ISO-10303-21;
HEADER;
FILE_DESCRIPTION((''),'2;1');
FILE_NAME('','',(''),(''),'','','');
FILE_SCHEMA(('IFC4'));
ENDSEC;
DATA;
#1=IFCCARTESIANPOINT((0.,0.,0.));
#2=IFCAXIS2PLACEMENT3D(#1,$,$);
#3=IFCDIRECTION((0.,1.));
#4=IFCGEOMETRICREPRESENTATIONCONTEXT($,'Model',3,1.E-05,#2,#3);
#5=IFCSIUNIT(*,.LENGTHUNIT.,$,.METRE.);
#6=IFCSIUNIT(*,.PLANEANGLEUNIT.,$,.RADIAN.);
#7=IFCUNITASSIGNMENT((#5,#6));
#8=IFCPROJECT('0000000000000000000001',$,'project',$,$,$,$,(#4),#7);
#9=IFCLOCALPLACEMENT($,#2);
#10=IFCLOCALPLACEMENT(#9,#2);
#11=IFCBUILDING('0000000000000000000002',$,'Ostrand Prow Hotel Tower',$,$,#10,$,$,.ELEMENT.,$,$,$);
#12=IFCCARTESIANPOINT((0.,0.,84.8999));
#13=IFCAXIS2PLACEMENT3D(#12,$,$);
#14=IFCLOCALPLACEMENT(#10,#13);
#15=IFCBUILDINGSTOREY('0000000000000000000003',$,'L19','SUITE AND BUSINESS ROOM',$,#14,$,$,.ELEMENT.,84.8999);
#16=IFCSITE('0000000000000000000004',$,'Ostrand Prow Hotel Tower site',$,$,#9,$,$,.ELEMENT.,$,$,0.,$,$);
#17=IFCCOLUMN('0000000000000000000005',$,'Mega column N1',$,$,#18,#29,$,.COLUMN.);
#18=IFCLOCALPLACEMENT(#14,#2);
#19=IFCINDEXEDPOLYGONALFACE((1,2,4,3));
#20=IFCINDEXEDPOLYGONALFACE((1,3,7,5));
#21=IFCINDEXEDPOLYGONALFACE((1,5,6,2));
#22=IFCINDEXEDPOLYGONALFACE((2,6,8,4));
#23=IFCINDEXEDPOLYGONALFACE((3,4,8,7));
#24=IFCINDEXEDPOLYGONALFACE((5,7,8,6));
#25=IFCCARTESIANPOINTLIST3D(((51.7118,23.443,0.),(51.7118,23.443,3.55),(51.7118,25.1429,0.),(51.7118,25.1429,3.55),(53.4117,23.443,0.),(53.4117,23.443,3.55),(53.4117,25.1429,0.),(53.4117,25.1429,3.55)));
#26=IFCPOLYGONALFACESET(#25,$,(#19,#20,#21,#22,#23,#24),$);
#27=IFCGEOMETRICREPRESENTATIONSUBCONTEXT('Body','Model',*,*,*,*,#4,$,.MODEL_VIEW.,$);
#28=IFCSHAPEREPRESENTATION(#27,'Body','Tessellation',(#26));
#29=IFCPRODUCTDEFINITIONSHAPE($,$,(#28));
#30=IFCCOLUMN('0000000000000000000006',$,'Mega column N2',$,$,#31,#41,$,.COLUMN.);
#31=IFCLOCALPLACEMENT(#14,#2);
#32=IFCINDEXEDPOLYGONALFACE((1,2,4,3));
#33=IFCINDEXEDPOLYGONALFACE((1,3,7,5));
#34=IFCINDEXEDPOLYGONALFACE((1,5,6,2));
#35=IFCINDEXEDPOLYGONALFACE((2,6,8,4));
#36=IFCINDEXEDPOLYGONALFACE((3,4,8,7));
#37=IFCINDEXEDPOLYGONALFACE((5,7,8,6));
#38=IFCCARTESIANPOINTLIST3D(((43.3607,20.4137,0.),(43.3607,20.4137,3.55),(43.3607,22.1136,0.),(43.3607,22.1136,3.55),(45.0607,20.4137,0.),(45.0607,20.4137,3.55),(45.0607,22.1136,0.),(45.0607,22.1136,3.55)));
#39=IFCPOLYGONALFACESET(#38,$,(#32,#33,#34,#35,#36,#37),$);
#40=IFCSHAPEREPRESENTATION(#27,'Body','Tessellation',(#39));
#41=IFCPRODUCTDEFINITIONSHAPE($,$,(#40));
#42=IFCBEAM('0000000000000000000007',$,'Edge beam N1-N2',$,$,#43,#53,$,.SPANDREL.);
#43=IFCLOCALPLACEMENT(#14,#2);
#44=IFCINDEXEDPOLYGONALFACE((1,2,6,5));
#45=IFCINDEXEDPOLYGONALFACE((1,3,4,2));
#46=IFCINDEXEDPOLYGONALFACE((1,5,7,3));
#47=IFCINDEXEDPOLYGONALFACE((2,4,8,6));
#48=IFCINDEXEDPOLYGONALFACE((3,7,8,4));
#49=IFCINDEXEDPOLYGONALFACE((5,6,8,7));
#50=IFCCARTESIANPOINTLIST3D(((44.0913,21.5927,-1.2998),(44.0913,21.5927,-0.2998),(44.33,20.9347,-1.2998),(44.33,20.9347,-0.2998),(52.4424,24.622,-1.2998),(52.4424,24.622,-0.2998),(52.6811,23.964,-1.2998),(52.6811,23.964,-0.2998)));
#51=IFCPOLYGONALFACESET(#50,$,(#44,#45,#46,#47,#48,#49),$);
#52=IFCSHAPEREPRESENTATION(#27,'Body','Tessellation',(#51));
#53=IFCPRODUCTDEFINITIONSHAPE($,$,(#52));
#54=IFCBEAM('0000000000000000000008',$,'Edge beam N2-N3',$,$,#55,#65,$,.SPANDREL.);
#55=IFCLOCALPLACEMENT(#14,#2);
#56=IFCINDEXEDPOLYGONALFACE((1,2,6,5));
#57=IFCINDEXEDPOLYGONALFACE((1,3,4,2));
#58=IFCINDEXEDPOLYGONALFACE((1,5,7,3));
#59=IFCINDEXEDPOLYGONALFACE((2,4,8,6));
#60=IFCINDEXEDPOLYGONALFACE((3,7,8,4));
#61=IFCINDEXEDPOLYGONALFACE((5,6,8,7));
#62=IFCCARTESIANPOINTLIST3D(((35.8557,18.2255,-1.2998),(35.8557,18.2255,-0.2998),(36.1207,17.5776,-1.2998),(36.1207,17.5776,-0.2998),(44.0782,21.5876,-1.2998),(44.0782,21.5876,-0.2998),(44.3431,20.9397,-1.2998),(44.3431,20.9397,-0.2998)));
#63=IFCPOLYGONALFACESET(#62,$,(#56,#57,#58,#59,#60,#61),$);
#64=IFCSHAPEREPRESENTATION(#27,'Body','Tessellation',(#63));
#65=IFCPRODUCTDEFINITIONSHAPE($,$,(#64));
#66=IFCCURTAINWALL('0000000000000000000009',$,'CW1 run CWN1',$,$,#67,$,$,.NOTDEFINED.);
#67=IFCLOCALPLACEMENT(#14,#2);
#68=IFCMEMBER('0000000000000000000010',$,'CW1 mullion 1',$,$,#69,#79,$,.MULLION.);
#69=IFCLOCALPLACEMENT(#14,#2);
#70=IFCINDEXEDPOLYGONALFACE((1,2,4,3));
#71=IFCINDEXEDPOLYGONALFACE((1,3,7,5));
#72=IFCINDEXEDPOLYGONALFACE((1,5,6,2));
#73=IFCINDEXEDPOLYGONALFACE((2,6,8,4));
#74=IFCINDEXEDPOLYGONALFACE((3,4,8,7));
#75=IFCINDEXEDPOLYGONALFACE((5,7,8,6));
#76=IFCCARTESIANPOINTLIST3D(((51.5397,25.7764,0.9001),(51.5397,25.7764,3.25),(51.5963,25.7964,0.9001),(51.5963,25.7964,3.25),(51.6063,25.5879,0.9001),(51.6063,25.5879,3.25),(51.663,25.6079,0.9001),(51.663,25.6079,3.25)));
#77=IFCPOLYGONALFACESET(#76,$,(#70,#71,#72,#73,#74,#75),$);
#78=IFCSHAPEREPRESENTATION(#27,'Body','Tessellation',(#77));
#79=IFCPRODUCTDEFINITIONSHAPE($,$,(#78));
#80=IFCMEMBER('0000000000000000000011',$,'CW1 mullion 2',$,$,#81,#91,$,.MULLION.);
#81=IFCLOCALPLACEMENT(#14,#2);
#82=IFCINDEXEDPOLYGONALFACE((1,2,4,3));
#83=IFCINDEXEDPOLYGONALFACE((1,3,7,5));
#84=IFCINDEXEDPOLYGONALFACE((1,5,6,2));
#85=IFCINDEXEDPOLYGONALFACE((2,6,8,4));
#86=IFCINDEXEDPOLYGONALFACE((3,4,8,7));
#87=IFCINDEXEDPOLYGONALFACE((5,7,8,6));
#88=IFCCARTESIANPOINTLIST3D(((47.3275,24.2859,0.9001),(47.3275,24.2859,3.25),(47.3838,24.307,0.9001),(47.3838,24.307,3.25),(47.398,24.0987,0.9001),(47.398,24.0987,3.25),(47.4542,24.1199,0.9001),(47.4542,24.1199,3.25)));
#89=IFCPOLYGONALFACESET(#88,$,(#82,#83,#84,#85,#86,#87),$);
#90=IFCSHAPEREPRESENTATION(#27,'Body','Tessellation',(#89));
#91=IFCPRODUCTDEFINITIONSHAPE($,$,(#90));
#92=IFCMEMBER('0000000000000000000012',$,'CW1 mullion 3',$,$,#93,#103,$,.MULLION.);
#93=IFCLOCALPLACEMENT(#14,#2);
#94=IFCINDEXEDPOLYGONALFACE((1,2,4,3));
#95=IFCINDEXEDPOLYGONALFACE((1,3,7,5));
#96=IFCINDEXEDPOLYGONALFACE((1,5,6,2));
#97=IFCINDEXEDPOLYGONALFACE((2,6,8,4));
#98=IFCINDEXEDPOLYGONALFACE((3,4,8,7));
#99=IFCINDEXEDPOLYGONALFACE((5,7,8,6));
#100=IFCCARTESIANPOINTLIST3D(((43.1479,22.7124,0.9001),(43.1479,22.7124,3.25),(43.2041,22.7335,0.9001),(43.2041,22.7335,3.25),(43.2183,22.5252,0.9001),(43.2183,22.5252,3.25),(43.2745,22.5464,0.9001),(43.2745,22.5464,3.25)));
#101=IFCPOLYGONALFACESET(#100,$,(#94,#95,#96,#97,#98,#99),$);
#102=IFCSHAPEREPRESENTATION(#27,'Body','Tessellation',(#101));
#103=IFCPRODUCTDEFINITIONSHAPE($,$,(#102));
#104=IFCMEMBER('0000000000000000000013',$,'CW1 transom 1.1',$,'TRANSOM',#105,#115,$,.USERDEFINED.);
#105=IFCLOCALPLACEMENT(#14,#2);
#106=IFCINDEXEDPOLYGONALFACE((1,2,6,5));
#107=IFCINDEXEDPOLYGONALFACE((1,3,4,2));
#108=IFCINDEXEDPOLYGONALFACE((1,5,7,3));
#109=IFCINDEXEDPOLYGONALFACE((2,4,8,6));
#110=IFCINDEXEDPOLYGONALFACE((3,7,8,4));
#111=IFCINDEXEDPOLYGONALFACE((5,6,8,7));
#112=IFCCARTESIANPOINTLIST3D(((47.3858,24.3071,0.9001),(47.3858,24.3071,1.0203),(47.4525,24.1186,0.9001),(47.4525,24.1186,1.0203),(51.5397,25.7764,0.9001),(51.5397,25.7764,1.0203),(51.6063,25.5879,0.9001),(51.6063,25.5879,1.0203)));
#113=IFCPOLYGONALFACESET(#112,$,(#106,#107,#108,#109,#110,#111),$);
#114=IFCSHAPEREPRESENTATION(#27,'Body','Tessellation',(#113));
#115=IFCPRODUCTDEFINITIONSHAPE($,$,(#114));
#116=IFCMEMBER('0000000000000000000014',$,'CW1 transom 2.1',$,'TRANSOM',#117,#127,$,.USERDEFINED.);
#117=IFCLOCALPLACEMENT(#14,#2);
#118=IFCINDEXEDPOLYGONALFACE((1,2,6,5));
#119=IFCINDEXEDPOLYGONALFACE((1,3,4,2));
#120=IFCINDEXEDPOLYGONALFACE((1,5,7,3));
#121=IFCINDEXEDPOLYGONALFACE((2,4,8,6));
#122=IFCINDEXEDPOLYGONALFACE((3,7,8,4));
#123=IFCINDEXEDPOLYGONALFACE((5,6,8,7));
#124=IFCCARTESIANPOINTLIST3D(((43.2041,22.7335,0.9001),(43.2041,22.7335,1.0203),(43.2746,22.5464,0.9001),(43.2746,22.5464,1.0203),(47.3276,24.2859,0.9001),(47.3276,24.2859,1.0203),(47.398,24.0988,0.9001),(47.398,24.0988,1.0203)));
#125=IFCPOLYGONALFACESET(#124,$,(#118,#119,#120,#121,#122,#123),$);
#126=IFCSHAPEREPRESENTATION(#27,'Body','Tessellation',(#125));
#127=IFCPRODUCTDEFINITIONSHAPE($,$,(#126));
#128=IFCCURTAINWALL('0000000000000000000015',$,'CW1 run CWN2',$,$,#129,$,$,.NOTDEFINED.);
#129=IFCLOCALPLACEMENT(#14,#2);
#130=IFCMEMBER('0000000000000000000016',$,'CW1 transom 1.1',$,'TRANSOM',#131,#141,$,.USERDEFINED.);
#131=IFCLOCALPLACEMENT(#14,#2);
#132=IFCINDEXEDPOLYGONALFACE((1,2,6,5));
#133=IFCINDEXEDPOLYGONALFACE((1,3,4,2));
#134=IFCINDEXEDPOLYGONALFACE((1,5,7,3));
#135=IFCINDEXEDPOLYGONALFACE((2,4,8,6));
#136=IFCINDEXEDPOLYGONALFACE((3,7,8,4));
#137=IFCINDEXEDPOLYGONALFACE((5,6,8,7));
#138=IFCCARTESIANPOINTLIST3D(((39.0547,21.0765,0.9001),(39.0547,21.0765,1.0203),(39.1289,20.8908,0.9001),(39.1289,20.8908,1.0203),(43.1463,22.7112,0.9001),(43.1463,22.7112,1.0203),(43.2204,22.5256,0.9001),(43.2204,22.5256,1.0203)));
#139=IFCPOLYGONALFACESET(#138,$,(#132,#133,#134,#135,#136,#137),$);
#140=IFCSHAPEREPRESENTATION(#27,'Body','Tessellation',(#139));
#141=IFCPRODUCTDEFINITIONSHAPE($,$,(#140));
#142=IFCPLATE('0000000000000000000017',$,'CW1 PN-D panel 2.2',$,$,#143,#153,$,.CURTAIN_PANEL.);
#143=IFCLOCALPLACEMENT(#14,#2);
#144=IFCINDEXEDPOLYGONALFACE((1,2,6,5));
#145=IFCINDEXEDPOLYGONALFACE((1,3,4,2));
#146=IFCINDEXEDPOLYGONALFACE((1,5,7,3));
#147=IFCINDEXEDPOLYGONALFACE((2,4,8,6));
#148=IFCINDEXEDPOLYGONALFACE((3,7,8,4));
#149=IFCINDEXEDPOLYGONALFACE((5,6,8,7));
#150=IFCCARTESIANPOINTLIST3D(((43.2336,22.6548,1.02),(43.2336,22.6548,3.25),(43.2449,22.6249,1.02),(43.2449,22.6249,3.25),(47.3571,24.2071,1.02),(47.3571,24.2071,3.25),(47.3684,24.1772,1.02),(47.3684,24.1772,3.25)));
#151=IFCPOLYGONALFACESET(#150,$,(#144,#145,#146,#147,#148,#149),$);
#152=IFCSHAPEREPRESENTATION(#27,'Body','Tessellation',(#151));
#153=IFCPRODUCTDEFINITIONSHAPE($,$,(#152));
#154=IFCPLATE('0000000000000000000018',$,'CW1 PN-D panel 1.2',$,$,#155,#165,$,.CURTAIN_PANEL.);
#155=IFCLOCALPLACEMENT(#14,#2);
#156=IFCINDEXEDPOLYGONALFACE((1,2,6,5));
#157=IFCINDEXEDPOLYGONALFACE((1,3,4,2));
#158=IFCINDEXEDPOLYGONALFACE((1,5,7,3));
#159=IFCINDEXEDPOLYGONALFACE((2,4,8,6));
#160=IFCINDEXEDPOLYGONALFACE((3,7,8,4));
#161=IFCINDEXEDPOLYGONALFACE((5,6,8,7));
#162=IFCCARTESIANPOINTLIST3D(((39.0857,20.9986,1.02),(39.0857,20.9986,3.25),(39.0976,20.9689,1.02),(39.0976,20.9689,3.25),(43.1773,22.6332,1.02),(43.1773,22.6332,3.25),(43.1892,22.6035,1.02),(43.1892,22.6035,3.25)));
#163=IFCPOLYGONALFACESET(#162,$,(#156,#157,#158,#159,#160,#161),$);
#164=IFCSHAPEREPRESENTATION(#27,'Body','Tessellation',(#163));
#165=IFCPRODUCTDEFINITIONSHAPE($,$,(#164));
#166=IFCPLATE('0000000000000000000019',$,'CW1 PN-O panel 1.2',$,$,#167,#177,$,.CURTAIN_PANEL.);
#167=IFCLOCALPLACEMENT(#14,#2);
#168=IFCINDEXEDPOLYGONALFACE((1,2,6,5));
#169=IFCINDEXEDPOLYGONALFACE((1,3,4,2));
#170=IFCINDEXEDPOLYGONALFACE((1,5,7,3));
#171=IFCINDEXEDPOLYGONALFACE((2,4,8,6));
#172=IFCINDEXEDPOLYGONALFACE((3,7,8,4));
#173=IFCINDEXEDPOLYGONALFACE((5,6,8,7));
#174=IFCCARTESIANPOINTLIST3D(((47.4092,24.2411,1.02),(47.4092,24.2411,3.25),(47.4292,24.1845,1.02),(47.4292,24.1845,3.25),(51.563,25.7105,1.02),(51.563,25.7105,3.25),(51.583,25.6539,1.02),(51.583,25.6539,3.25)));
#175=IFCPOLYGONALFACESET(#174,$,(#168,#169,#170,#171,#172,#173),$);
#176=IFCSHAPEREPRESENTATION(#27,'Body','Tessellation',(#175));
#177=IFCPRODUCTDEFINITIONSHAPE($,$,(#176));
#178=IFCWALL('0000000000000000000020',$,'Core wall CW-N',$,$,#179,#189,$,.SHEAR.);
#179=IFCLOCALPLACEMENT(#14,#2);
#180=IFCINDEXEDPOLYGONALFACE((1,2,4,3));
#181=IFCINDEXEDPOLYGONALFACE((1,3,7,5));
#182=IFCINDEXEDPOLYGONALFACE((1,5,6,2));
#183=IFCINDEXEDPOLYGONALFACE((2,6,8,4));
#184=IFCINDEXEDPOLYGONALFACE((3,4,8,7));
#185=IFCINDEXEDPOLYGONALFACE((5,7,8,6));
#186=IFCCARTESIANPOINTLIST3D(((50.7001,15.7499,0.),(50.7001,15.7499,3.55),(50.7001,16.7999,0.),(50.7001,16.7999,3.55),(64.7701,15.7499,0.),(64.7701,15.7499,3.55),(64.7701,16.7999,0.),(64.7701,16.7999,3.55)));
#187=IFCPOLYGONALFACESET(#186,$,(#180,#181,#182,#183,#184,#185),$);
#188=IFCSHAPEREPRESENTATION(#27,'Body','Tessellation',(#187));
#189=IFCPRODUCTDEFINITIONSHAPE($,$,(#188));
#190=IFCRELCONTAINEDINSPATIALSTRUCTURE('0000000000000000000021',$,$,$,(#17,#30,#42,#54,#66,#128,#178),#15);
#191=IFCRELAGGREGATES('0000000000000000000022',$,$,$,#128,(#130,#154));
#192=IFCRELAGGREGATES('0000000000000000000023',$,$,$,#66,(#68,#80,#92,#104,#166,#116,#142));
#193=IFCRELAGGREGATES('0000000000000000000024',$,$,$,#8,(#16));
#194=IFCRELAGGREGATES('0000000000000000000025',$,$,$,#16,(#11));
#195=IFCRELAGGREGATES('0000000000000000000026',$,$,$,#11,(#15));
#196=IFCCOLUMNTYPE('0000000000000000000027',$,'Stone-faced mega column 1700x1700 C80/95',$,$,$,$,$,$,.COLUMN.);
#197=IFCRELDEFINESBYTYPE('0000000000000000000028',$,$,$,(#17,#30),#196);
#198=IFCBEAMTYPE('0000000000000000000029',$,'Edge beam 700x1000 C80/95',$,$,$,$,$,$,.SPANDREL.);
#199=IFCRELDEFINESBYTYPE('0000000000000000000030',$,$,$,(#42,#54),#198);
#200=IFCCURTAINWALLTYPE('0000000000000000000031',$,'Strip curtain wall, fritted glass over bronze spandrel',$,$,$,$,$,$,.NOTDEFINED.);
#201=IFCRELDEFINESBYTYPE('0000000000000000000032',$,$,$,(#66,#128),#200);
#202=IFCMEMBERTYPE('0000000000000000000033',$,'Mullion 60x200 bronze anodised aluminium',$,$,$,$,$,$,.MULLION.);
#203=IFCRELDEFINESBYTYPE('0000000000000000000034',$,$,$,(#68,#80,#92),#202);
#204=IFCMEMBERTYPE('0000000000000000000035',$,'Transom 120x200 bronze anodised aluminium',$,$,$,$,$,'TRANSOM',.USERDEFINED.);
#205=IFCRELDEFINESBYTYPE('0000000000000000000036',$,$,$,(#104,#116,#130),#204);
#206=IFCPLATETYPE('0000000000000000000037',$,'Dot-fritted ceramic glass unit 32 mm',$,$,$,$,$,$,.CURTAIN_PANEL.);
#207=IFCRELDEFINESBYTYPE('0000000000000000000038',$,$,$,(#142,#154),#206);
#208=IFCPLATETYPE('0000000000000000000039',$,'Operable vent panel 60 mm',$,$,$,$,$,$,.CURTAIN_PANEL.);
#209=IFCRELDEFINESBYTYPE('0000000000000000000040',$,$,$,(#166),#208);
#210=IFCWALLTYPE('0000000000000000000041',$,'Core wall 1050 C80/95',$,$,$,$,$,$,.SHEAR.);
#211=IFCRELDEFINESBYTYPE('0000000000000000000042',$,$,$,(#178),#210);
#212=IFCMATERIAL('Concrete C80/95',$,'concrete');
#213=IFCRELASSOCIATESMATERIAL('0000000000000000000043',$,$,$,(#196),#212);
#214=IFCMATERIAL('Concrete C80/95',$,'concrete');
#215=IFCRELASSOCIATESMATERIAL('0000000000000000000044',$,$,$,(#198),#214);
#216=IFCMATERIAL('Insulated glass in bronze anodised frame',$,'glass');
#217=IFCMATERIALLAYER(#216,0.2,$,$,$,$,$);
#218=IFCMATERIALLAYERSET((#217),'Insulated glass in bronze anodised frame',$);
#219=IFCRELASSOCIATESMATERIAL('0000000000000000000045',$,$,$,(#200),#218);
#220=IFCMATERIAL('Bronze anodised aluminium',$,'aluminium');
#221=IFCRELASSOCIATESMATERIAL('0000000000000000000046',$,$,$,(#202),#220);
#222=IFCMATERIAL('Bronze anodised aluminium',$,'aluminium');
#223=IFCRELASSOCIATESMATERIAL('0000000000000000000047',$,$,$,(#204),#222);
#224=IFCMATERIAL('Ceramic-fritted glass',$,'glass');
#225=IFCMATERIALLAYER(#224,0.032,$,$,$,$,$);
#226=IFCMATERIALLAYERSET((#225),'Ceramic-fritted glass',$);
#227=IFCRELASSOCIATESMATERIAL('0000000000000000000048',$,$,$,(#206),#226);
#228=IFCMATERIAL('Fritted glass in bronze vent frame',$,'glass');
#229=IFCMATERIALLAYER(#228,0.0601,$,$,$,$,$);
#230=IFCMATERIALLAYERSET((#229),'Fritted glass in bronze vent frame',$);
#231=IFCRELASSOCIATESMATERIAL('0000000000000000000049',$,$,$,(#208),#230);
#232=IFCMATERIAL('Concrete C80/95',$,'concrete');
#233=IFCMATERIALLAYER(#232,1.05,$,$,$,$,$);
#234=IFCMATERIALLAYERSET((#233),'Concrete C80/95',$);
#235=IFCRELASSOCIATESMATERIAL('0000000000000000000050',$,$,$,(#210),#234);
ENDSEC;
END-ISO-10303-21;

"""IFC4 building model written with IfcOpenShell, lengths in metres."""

from ifc_helpers import new_model, si_unit, direction, frame, frame_2d, origin, origin_2d, place, context, subcontext, project, spatial, rectangle, extrude, material, layer, layer_set, material_profile, profile_set, type_object, element, aggregate, save


model = new_model("IFC4")

# Units and contexts
model_context = context("Model", 3, precision=1e-05, world=origin(), true_north=direction((0.0, 1.0)))
body_context = subcontext(model_context, "Body", "Model", "MODEL_VIEW")
ifc_project = project(units=[si_unit("LENGTHUNIT", "METRE"), si_unit("PLANEANGLEUNIT", "RADIAN")], contexts=[model_context])

# Site, building, storey
site_placement = place(None, origin())
site = spatial("IfcSite", under=ifc_project, at=site_placement, Name="Ostrand Prow Hotel Tower site", CompositionType="ELEMENT", RefElevation=0.0)
building_placement = place(site_placement, origin())
building = spatial("IfcBuilding", under=site, at=building_placement, Name="Ostrand Prow Hotel Tower", CompositionType="ELEMENT")
storey_placement = place(building_placement, frame((0.0, 0.0, 84.8999)))
storey = spatial("IfcBuildingStorey", under=building, at=storey_placement, Name="L19", Description="SUITE AND BUSINESS ROOM", CompositionType="ELEMENT", Elevation=84.8999)

# Columns
ifc_material_1 = material(Name="Concrete C80/95", Category="concrete")
ifc_material_profile_1 = material_profile(ifc_material_1, rectangle(XDim=1.7, YDim=1.7, at=origin_2d()), Name="RC 1700x1700")
ifc_profile_set_1 = profile_set([ifc_material_profile_1], Name="Concrete C80/95")
column_type = type_object("IfcColumnType", Name="Stone-faced mega column 1700x1700 C80/95", PredefinedType="COLUMN", material=ifc_profile_set_1)
for number, where, z_axis, x_axis, name in (
    (1, (52.5618, 24.293, 0.0), (0.0, 0.0, 1.0), (1.0, 0.0, 0.0), "Mega column N1"),
    (2, (44.2107, 21.2637, 0.0), (0.0, 0.0, 1.0), (1.0, 0.0, 0.0), "Mega column N2"),
):
    element("IfcColumn", number, at=place(storey_placement, frame(where, z_axis=z_axis, x_axis=x_axis)), inside=storey, type_object=column_type, Name=name, PredefinedType="COLUMN", context=body_context, shape_type="SweptSolid", body=[
        extrude(rectangle(XDim=1.7, YDim=1.7, at=origin_2d()), origin(), (0.0, 0.0, 1.0), 3.55),
    ])

# Beams
ifc_material_2 = material(Name="Concrete C80/95", Category="concrete")
ifc_material_profile_2 = material_profile(ifc_material_2, rectangle(XDim=0.7, YDim=1.0, at=origin_2d()), Name="RC 700x1000")
ifc_profile_set_2 = profile_set([ifc_material_profile_2], Name="Concrete C80/95")
beam_type = type_object("IfcBeamType", Name="Edge beam 700x1000 C80/95", PredefinedType="SPANDREL", material=ifc_profile_set_2)
beam_1_placement = place(storey_placement, frame((52.5618, 24.293, -0.7998), z_axis=(-0.940063, -0.341002, 0.0), x_axis=(0.341002, -0.940063, 0.0)))
element("IfcBeam", 3, at=beam_1_placement, inside=storey, type_object=beam_type, Name="Edge beam N1-N2", PredefinedType="SPANDREL", context=body_context, shape_type="SweptSolid", body=[
    extrude(rectangle(XDim=0.7, YDim=1.0, at=origin_2d()), origin(), (0.0, 0.0, 1.0), 8.8835),
])
beam_2_placement = place(storey_placement, frame((44.2107, 21.2637, -0.7998), z_axis=(-0.925612, -0.378473, 0.0), x_axis=(0.378473, -0.925612, 0.0)))
element("IfcBeam", 4, at=beam_2_placement, inside=storey, type_object=beam_type, Name="Edge beam N2-N3", PredefinedType="SPANDREL", context=body_context, shape_type="SweptSolid", body=[
    extrude(rectangle(XDim=0.7, YDim=1.0, at=origin_2d()), origin(), (0.0, 0.0, 1.0), 8.8833),
])

# Curtain wall, members
ifc_material_3 = material(Name="Insulated glass in bronze anodised frame", Category="glass")
ifc_layer_1 = layer(ifc_material_3, 0.2)
ifc_layer_set_1 = layer_set([ifc_layer_1], Name="Insulated glass in bronze anodised frame")
curtain_wall_type = type_object("IfcCurtainWallType", Name="Strip curtain wall, fritted glass over bronze spandrel", PredefinedType="NOTDEFINED", material=ifc_layer_set_1)
curtain_wall_1_placement = place(storey_placement, origin())
curtain_wall_1 = element("IfcCurtainWall", 5, at=curtain_wall_1_placement, inside=storey, type_object=curtain_wall_type, Name="CW1 run CWN1", PredefinedType="NOTDEFINED")
ifc_material_4 = material(Name="Bronze anodised aluminium", Category="aluminium")
ifc_material_profile_3 = material_profile(ifc_material_4, rectangle(XDim=0.2, YDim=0.0601, at=origin_2d()), Name="Mullion 60x200 bronze anodised aluminium")
ifc_profile_set_3 = profile_set([ifc_material_profile_3], Name="Bronze anodised aluminium")
member_type_1 = type_object("IfcMemberType", Name="Mullion 60x200 bronze anodised aluminium", PredefinedType="MULLION", material=ifc_profile_set_3)
member_1_placement = place(storey_placement, frame((51.6013, 25.6921, 0.9001), z_axis=(0.0, 0.0, 1.0), x_axis=(0.333496, -0.942752, 0.0)))
member_1 = element("IfcMember", 6, at=member_1_placement, type_object=member_type_1, Name="CW1 mullion 1", PredefinedType="MULLION", context=body_context, shape_type="SweptSolid", body=[
    extrude(rectangle(XDim=0.2, YDim=0.0601, at=origin_2d()), origin(), (0.0, 0.0, 1.0), 2.3499),
])
member_2_placement = place(storey_placement, frame((47.3909, 24.2029, 0.9001), z_axis=(0.0, 0.0, 1.0), x_axis=(0.352309, -0.935884, 0.0)))
member_2 = element("IfcMember", 7, at=member_2_placement, type_object=member_type_1, Name="CW1 mullion 2", PredefinedType="MULLION", context=body_context, shape_type="SweptSolid", body=[
    extrude(rectangle(XDim=0.2, YDim=0.0601, at=origin_2d()), origin(), (0.0, 0.0, 1.0), 2.3499),
])
member_3_placement = place(storey_placement, frame((43.2112, 22.6294, 0.9001), z_axis=(0.0, 0.0, 1.0), x_axis=(0.352309, -0.935884, 0.0)))
member_3 = element("IfcMember", 8, at=member_3_placement, type_object=member_type_1, Name="CW1 mullion 3", PredefinedType="MULLION", context=body_context, shape_type="SweptSolid", body=[
    extrude(rectangle(XDim=0.2, YDim=0.0601, at=origin_2d()), origin(), (0.0, 0.0, 1.0), 2.3499),
])
ifc_material_5 = material(Name="Bronze anodised aluminium", Category="aluminium")
ifc_material_profile_4 = material_profile(ifc_material_5, rectangle(XDim=0.2, YDim=0.1201, at=origin_2d()), Name="Transom 120x200 bronze anodised aluminium")
ifc_profile_set_4 = profile_set([ifc_material_profile_4], Name="Bronze anodised aluminium")
member_type_2 = type_object("IfcMemberType", Name="Transom 120x200 bronze anodised aluminium", ElementType="TRANSOM", PredefinedType="USERDEFINED", material=ifc_profile_set_4)
member_4_placement = place(storey_placement, frame((51.573, 25.6821, 0.9602), z_axis=(-0.942763, -0.333463, 0.0), x_axis=(0.333463, -0.942763, 0.0)))
member_4 = element("IfcMember", 9, at=member_4_placement, type_object=member_type_2, Name="CW1 transom 1.1", ObjectType="TRANSOM", PredefinedType="USERDEFINED", context=body_context, shape_type="SweptSolid", body=[
    extrude(rectangle(XDim=0.2, YDim=0.1201, at=origin_2d()), origin(), (0.0, 0.0, 1.0), 4.406),
])
member_5_placement = place(storey_placement, frame((47.3628, 24.1924, 0.9602), z_axis=(-0.935868, -0.35235, 0.0), x_axis=(0.35235, -0.935868, 0.0)))
member_5 = element("IfcMember", 10, at=member_5_placement, type_object=member_type_2, Name="CW1 transom 2.1", ObjectType="TRANSOM", PredefinedType="USERDEFINED", context=body_context, shape_type="SweptSolid", body=[
    extrude(rectangle(XDim=0.2, YDim=0.1201, at=origin_2d()), origin(), (0.0, 0.0, 1.0), 4.406),
])

# Curtain wall, member
curtain_wall_2_placement = place(storey_placement, origin())
curtain_wall_2 = element("IfcCurtainWall", 11, at=curtain_wall_2_placement, inside=storey, type_object=curtain_wall_type, Name="CW1 run CWN2", PredefinedType="NOTDEFINED")
member_6_placement = place(storey_placement, frame((43.1833, 22.6184, 0.9602), z_axis=(-0.928622, -0.371028, 0.0), x_axis=(0.371028, -0.928622, 0.0)))
member_6 = element("IfcMember", 12, at=member_6_placement, type_object=member_type_2, Name="CW1 transom 1.1", ObjectType="TRANSOM", PredefinedType="USERDEFINED", context=body_context, shape_type="SweptSolid", body=[
    extrude(rectangle(XDim=0.2, YDim=0.1201, at=origin_2d()), origin(), (0.0, 0.0, 1.0), 4.406),
])

# Plates
ifc_material_6 = material(Name="Ceramic-fritted glass", Category="glass")
ifc_layer_2 = layer(ifc_material_6, 0.032)
ifc_layer_set_2 = layer_set([ifc_layer_2], Name="Ceramic-fritted glass")
plate_type_1 = type_object("IfcPlateType", Name="Dot-fritted ceramic glass unit 32 mm", PredefinedType="CURTAIN_PANEL", material=ifc_layer_set_2)
plate_1_placement = place(storey_placement, frame((45.301, 23.416, 1.02), z_axis=(0.0, 0.0, 1.0), x_axis=(-0.935884, -0.352309, 0.0)))
plate_1 = element("IfcPlate", 13, at=plate_1_placement, type_object=plate_type_1, Name="CW1 PN-D panel 2.2", PredefinedType="CURTAIN_PANEL", context=body_context, shape_type="SweptSolid", body=[
    extrude(rectangle(XDim=4.406, YDim=0.032, at=origin_2d()), origin(), (0.0, 0.0, 1.0), 2.23),
])
plate_2_placement = place(storey_placement, frame((41.1375, 21.801, 1.02), z_axis=(0.0, 0.0, 1.0), x_axis=(-0.92864, -0.370982, 0.0)))
plate_2 = element("IfcPlate", 14, at=plate_2_placement, type_object=plate_type_1, Name="CW1 PN-D panel 1.2", PredefinedType="CURTAIN_PANEL", context=body_context, shape_type="SweptSolid", body=[
    extrude(rectangle(XDim=4.406, YDim=0.032, at=origin_2d()), origin(), (0.0, 0.0, 1.0), 2.23),
])
aggregate(curtain_wall_2, [member_6, plate_2])
ifc_material_7 = material(Name="Fritted glass in bronze vent frame", Category="glass")
ifc_layer_3 = layer(ifc_material_7, 0.0601)
ifc_layer_set_3 = layer_set([ifc_layer_3], Name="Fritted glass in bronze vent frame")
plate_type_2 = type_object("IfcPlateType", Name="Operable vent panel 60 mm", PredefinedType="CURTAIN_PANEL", material=ifc_layer_set_3)
plate_3_placement = place(storey_placement, frame((49.4961, 24.9475, 1.02), z_axis=(0.0, 0.0, 1.0), x_axis=(-0.942752, -0.333496, 0.0)))
plate_3 = element("IfcPlate", 15, at=plate_3_placement, type_object=plate_type_2, Name="CW1 PN-O panel 1.2", PredefinedType="CURTAIN_PANEL", context=body_context, shape_type="SweptSolid", body=[
    extrude(rectangle(XDim=4.406, YDim=0.0601, at=origin_2d()), origin(), (0.0, 0.0, 1.0), 2.23),
])
aggregate(curtain_wall_1, [member_1, member_2, member_3, member_4, plate_3, member_5, plate_1])

# Wall
ifc_material_8 = material(Name="Concrete C80/95", Category="concrete")
ifc_layer_4 = layer(ifc_material_8, 1.05)
ifc_layer_set_4 = layer_set([ifc_layer_4], Name="Concrete C80/95")
wall_type_1 = type_object("IfcWallType", Name="Core wall 1050 C80/95", PredefinedType="SHEAR", material=ifc_layer_set_4)
wall_1_placement = place(storey_placement, frame((50.7, 16.2749, 0.0), z_axis=(0.0, 0.0, 1.0), x_axis=(1.0, 0.0, 0.0)))
element("IfcWall", 16, at=wall_1_placement, inside=storey, type_object=wall_type_1, Name="Core wall CW-N", PredefinedType="SHEAR", context=body_context, shape_type="SweptSolid", body=[
    extrude(rectangle(XDim=14.0701, YDim=1.05, at=frame_2d((7.0352, 0.0))), origin(), (0.0, 0.0, 1.0), 3.55),
])

save(model, "model.ifc")
